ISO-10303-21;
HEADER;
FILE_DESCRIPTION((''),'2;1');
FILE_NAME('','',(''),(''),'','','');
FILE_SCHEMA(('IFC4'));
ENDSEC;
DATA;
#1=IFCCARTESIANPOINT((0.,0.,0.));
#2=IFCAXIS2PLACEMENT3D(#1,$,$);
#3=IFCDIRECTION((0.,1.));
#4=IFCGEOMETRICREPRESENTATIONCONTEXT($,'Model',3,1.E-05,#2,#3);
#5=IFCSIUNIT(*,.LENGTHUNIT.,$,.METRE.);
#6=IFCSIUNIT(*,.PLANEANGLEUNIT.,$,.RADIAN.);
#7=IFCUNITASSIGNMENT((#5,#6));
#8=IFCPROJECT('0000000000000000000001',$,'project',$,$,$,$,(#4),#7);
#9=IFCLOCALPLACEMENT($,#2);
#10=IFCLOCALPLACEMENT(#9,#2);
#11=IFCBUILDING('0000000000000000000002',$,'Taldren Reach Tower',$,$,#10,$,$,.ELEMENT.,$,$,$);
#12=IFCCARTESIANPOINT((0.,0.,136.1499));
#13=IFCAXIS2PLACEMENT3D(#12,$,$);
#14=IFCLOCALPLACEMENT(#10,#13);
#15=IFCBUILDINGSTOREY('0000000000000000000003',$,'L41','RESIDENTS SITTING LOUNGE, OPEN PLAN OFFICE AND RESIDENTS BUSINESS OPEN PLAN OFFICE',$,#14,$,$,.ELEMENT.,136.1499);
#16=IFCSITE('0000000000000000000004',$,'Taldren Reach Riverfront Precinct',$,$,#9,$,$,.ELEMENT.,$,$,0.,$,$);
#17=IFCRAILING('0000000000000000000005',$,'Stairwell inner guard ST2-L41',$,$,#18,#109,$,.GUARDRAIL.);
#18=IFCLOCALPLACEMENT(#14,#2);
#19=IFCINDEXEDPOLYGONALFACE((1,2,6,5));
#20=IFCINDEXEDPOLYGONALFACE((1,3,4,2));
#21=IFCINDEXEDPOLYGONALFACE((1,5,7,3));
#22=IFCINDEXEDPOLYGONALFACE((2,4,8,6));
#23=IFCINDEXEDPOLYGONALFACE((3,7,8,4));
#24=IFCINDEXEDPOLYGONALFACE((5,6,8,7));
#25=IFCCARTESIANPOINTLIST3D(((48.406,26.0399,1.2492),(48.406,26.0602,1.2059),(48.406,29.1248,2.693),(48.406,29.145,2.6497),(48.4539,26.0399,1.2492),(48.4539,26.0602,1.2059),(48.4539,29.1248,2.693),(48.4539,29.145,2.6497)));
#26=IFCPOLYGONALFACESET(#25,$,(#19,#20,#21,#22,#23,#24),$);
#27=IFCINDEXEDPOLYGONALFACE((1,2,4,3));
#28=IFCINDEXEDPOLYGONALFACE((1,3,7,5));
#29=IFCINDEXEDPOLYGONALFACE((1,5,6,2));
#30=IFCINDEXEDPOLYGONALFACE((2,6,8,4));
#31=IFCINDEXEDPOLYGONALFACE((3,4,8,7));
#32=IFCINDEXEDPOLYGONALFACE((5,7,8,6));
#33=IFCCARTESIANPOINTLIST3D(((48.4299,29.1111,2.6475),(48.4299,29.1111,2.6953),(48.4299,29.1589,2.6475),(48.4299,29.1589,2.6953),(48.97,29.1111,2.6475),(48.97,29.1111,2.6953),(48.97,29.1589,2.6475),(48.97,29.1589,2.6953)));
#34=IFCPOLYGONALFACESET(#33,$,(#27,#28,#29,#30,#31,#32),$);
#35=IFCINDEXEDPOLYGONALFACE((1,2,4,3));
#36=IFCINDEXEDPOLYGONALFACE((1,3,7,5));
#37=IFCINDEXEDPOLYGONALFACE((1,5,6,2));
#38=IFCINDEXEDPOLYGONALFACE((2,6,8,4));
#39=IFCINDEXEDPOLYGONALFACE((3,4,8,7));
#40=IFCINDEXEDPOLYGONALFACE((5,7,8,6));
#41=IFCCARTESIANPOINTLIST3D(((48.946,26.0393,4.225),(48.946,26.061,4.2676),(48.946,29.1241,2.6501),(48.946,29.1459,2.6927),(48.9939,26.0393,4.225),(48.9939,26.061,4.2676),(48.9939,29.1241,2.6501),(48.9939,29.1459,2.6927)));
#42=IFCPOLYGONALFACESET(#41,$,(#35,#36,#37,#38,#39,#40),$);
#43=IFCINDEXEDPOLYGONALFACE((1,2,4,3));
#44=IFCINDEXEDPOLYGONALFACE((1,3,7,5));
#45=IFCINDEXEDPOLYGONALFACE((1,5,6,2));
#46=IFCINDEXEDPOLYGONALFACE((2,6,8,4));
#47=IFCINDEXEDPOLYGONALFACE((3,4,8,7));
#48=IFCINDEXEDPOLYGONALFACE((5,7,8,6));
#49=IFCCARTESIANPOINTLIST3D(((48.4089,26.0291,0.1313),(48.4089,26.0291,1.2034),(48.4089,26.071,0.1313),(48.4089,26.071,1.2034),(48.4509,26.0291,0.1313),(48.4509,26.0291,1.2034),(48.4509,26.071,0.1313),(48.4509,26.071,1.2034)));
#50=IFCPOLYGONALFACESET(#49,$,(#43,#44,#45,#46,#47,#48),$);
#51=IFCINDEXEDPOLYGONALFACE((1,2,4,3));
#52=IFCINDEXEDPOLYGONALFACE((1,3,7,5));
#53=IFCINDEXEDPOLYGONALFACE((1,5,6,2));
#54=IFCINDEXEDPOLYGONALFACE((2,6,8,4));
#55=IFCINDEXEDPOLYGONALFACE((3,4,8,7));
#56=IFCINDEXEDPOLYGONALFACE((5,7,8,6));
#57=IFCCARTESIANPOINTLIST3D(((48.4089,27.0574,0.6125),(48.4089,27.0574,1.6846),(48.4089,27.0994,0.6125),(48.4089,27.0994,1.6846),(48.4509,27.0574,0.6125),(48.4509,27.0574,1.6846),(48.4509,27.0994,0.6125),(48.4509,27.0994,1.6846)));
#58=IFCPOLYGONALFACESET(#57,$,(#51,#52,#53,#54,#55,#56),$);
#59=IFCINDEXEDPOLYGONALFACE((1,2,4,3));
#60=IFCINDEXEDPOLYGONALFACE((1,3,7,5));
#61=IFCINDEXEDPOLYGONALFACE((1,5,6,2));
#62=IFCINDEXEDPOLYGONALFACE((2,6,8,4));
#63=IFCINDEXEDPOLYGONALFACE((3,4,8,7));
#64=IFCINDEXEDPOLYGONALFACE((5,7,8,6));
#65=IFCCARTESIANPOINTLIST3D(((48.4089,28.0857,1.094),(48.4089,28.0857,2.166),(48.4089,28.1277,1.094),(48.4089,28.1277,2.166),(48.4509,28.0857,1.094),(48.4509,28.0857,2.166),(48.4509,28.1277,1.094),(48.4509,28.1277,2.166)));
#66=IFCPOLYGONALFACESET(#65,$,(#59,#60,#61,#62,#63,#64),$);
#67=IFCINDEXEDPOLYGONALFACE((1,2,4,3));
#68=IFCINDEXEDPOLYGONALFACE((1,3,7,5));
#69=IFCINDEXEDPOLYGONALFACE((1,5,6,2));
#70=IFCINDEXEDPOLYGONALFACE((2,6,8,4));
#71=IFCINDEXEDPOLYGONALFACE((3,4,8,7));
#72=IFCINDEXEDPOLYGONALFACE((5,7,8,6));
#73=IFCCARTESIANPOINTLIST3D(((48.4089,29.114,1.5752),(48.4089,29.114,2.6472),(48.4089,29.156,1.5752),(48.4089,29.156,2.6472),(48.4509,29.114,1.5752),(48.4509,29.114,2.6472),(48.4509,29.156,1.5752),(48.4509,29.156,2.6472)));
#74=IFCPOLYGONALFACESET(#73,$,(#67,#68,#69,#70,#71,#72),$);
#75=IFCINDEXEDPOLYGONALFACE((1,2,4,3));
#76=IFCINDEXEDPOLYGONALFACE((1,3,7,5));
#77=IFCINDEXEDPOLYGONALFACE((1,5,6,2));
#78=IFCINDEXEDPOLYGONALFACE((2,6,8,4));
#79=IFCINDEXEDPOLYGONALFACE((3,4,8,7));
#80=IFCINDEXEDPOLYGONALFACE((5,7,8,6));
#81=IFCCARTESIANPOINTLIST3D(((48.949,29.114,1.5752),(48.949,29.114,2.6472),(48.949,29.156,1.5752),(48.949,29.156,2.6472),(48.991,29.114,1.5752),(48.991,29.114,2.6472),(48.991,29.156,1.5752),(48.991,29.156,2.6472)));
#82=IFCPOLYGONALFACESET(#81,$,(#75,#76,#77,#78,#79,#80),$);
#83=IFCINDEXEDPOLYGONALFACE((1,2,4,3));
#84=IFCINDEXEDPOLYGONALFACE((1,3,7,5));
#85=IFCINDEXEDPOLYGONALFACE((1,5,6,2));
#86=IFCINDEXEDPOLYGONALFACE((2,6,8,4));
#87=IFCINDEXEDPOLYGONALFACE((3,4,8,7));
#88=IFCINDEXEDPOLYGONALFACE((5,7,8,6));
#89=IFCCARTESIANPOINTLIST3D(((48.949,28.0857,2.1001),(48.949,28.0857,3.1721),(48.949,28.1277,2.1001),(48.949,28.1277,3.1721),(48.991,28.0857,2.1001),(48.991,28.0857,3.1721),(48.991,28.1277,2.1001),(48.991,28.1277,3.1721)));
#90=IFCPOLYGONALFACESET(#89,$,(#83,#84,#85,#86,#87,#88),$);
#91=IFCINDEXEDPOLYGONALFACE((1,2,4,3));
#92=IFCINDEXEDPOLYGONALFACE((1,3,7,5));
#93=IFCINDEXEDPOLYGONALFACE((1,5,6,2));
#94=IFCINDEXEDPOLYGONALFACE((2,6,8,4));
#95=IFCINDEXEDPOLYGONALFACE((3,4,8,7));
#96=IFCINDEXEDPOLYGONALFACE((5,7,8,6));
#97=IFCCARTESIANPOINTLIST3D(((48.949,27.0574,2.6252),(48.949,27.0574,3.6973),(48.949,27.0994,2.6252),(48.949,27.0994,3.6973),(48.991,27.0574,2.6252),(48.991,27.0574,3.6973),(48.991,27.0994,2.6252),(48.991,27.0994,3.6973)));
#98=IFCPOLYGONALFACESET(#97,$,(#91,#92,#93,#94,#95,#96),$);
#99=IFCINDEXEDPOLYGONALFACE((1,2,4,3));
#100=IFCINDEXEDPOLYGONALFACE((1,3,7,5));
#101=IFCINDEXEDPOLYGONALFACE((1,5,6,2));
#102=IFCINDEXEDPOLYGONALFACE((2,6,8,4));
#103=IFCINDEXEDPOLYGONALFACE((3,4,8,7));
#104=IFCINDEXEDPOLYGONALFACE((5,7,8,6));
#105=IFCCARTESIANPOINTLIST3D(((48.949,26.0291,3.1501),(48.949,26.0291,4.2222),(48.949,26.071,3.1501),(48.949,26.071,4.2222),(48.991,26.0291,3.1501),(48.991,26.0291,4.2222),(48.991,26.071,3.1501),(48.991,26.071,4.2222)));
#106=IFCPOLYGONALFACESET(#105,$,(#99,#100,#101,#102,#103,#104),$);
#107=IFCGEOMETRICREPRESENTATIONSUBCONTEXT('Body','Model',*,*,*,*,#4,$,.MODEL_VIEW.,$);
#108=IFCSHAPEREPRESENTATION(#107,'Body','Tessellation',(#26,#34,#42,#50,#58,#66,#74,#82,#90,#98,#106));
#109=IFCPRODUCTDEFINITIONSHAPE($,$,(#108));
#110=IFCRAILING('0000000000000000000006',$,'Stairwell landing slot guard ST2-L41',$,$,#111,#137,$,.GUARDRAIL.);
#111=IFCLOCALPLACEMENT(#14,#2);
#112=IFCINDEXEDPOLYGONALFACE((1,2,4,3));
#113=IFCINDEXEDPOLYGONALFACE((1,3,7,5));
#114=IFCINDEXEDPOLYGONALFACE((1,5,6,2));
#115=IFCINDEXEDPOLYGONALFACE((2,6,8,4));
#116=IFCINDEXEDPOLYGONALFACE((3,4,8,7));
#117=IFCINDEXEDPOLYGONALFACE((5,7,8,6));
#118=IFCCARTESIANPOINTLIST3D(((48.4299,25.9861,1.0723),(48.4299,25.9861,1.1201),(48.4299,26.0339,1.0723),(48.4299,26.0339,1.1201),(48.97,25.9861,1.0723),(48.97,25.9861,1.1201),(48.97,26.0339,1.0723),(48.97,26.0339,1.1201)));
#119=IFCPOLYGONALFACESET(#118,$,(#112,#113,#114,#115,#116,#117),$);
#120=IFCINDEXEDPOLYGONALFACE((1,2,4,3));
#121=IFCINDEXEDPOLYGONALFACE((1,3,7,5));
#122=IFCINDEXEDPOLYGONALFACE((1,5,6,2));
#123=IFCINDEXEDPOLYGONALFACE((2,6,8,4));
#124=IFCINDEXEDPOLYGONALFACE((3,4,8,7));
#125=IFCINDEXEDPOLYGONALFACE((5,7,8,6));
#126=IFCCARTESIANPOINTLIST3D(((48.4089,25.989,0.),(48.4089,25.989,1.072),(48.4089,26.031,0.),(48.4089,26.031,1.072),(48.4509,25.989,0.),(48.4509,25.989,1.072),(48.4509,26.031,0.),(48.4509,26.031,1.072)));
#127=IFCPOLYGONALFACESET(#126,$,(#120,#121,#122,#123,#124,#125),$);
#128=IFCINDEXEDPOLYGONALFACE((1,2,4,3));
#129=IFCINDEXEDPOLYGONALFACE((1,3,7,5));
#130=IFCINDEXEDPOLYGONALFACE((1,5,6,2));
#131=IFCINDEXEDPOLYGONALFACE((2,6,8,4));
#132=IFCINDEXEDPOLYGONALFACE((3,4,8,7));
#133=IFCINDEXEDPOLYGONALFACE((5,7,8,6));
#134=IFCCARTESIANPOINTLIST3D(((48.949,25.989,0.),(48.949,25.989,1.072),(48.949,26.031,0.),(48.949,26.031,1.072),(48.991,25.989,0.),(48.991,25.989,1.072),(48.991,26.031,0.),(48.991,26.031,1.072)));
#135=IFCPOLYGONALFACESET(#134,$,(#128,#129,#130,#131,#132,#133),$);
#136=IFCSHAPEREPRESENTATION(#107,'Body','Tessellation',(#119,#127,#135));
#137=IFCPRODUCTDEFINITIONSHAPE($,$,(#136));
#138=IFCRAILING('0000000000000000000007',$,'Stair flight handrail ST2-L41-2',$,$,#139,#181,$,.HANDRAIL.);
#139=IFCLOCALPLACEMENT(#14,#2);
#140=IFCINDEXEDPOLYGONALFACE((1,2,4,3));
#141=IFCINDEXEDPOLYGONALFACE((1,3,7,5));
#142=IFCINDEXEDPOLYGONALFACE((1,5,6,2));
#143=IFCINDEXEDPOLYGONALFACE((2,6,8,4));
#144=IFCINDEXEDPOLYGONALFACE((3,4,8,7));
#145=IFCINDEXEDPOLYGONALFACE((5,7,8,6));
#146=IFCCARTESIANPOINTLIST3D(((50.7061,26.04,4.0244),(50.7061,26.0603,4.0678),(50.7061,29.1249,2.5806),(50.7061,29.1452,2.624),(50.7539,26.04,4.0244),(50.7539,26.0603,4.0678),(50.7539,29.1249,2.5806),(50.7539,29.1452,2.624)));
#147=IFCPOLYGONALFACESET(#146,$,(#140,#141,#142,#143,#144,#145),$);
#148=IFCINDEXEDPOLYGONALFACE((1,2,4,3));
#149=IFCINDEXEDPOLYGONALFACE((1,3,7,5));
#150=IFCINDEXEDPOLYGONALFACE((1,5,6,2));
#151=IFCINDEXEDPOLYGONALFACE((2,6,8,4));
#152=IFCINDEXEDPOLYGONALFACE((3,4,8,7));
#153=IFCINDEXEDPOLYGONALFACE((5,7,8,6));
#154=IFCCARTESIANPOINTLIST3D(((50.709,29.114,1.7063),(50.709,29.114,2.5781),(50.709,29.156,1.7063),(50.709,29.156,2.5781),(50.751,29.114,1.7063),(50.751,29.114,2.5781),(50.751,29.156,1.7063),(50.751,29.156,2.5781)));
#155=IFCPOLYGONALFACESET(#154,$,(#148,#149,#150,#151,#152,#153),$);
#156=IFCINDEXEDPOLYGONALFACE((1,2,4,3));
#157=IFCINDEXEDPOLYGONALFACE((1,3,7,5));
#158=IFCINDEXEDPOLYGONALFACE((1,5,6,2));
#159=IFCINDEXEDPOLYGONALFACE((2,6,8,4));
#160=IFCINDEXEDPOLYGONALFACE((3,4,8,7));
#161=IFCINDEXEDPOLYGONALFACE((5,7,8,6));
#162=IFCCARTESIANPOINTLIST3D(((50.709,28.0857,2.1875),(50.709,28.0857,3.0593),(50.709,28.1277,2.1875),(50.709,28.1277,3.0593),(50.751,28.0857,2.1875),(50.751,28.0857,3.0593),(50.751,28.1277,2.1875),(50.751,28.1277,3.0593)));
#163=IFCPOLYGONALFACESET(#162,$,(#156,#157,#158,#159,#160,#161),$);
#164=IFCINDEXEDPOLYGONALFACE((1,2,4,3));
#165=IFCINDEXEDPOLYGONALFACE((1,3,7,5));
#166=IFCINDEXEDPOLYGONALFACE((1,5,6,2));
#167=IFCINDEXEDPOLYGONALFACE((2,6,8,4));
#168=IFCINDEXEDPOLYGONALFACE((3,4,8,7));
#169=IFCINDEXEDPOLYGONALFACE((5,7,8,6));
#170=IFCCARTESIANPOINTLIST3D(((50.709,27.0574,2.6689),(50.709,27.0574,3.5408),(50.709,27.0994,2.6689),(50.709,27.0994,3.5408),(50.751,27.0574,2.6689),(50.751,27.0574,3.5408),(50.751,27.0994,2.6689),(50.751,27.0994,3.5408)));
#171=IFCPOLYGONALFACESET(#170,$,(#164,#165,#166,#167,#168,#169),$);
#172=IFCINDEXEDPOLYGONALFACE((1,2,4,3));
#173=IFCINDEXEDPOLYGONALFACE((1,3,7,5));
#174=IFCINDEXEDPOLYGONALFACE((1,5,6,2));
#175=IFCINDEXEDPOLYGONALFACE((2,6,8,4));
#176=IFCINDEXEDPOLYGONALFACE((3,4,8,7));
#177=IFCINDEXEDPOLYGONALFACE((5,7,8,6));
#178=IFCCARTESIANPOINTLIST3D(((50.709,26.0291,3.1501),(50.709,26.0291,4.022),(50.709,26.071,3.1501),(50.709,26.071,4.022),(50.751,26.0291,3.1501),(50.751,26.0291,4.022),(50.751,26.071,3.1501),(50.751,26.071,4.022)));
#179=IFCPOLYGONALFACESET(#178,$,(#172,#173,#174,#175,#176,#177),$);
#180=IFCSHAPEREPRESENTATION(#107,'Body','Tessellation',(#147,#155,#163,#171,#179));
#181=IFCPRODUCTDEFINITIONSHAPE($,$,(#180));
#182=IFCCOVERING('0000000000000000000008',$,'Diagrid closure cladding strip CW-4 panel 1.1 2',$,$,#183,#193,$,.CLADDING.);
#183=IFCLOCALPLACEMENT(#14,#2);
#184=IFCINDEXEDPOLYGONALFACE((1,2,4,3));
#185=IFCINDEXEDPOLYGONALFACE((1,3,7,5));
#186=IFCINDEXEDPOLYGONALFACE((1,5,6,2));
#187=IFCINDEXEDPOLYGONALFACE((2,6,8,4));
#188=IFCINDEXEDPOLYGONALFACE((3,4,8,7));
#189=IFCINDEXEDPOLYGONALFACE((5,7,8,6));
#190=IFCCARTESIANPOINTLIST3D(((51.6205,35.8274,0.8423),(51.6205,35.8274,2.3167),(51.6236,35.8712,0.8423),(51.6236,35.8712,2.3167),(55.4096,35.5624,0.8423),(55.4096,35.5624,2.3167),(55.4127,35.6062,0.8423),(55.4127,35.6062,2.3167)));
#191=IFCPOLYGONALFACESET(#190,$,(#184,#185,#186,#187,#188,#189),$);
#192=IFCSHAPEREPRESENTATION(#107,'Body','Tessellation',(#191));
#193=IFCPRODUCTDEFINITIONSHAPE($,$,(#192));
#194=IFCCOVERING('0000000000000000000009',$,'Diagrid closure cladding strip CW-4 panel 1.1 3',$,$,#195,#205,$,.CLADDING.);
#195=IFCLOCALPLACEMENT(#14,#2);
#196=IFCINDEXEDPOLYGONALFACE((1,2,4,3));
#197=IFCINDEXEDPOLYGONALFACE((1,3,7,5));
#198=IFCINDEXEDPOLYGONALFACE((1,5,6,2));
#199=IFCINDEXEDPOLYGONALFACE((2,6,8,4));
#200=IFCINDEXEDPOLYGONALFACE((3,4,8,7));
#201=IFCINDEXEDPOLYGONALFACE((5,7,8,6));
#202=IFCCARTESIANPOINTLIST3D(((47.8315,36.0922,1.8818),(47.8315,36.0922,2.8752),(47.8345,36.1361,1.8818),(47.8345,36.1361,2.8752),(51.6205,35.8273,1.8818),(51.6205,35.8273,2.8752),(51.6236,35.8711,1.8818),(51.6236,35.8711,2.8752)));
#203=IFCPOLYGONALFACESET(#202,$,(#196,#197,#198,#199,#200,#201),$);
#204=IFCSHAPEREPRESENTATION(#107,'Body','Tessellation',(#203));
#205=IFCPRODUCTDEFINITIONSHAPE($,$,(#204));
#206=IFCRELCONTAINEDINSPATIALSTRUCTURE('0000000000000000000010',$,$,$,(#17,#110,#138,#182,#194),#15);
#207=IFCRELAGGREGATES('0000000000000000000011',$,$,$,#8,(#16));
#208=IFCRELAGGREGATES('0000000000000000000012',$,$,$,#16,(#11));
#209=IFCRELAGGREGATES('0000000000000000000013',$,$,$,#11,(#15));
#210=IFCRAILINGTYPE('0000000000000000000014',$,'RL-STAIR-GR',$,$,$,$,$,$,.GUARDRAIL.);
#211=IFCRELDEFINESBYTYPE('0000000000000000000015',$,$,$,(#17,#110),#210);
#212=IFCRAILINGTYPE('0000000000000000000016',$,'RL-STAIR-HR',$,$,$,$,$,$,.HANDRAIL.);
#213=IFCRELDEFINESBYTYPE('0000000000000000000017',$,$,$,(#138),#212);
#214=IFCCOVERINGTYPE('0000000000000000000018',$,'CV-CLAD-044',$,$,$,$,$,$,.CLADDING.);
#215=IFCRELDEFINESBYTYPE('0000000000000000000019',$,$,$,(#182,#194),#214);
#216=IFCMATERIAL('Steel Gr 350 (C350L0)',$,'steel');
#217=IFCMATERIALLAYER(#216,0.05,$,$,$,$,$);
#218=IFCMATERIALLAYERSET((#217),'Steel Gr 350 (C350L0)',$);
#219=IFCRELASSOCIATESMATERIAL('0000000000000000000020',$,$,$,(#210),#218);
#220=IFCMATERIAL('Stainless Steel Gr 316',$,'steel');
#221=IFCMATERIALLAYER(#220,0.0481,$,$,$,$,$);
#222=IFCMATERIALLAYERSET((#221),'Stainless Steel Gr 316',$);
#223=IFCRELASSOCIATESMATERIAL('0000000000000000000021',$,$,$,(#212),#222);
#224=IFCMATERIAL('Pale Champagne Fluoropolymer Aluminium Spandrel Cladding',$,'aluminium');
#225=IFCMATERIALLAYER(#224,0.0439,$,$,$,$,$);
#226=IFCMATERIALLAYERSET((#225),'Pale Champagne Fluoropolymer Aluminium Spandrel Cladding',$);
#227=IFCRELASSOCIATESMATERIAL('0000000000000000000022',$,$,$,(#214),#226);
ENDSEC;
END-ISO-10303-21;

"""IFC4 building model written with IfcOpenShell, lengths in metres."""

from ifc_helpers import new_model, si_unit, direction, frame, origin, origin_2d, place, context, subcontext, project, spatial, rectangle, extrude, source, transform, mapped, material, layer, layer_set, type_object, element, save


model = new_model("IFC4")

# Units and contexts
model_context = context("Model", 3, precision=1e-05, world=origin(), true_north=direction((0.0, 1.0)))
body_context = subcontext(model_context, "Body", "Model", "MODEL_VIEW")
ifc_project = project(units=[si_unit("LENGTHUNIT", "METRE"), si_unit("PLANEANGLEUNIT", "RADIAN")], contexts=[model_context])

# Site, building, storey
site_placement = place(None, origin())
site = spatial("IfcSite", under=ifc_project, at=site_placement, Name="Taldren Reach Riverfront Precinct", CompositionType="ELEMENT", RefElevation=0.0)
building_placement = place(site_placement, origin())
building = spatial("IfcBuilding", under=site, at=building_placement, Name="Taldren Reach Tower", CompositionType="ELEMENT")
storey_placement = place(building_placement, frame((0.0, 0.0, 136.1499)))
storey = spatial("IfcBuildingStorey", under=building, at=storey_placement, Name="L41", Description="RESIDENTS SITTING LOUNGE, OPEN PLAN OFFICE AND RESIDENTS BUSINESS OPEN PLAN OFFICE", CompositionType="ELEMENT", Elevation=136.1499)

# Shared definitions
ifc_material_1 = material(Name="Steel Gr 350 (C350L0)", Category="steel")

# Railings
ifc_layer_1 = layer(ifc_material_1, 0.05)
ifc_layer_set_1 = layer_set([ifc_layer_1], Name="Steel Gr 350 (C350L0)")
railing_type_1 = type_object("IfcRailingType", Name="RL-STAIR-GR", PredefinedType="GUARDRAIL", material=ifc_layer_set_1)
railing_1_placement = place(storey_placement, frame((48.4299, 26.05, 0.1313)))
element("IfcRailing", 1, at=railing_1_placement, inside=storey, type_object=railing_type_1, Name="Stairwell inner guard ST2-L41", PredefinedType="GUARDRAIL", context=body_context, shape_type="SweptSolid", body=[
    extrude(rectangle(XDim=0.0479, YDim=0.0479, at=origin_2d()), frame((0.0, 0.0, 1.0962), z_axis=(0.0, 0.90571, 0.423898), x_axis=(-1.0, 0.0, 0.0)), (0.0, 0.0, 1.0), 3.406),
    extrude(rectangle(XDim=0.0479, YDim=0.0479, at=origin_2d()), frame((0.0, 3.085, 2.54), z_axis=(1.0, 0.0, 0.0), x_axis=(0.0, 1.0, 0.0)), (0.0, 0.0, 1.0), 0.54),
    extrude(rectangle(XDim=0.0479, YDim=0.0479, at=origin_2d()), frame((0.54, 3.085, 2.54), z_axis=(0.0, -0.890646, 0.454697), x_axis=(1.0, 0.0, 0.0)), (0.0, 0.0, 1.0), 3.4636),
    extrude(rectangle(XDim=0.042, YDim=0.042, at=origin_2d()), origin(), (0.0, 0.0, 1.0), 1.072),
    extrude(rectangle(XDim=0.042, YDim=0.042, at=origin_2d()), frame((0.0, 1.0283, 0.4812)), (0.0, 0.0, 1.0), 1.072),
    extrude(rectangle(XDim=0.042, YDim=0.042, at=origin_2d()), frame((0.0, 2.0566, 0.9626)), (0.0, 0.0, 1.0), 1.072),
    extrude(rectangle(XDim=0.042, YDim=0.042, at=origin_2d()), frame((0.0, 3.085, 1.4438)), (0.0, 0.0, 1.0), 1.072),
    extrude(rectangle(XDim=0.042, YDim=0.042, at=origin_2d()), frame((0.54, 3.085, 1.4438)), (0.0, 0.0, 1.0), 1.072),
    extrude(rectangle(XDim=0.042, YDim=0.042, at=origin_2d()), frame((0.54, 2.0566, 1.9688)), (0.0, 0.0, 1.0), 1.072),
    extrude(rectangle(XDim=0.042, YDim=0.042, at=origin_2d()), frame((0.54, 1.0283, 2.4939)), (0.0, 0.0, 1.0), 1.072),
    extrude(rectangle(XDim=0.042, YDim=0.042, at=origin_2d()), frame((0.54, 0.0, 3.0188)), (0.0, 0.0, 1.0), 1.072),
])
railing_2_placement = place(storey_placement, frame((48.4299, 26.01, 0.0)))
element("IfcRailing", 2, at=railing_2_placement, inside=storey, type_object=railing_type_1, Name="Stairwell landing slot guard ST2-L41", PredefinedType="GUARDRAIL", context=body_context, shape_type="SweptSolid", body=[
    extrude(rectangle(XDim=0.0479, YDim=0.0479, at=origin_2d()), frame((0.0, 0.0, 1.0962), z_axis=(1.0, 0.0, 0.0), x_axis=(0.0, 1.0, 0.0)), (0.0, 0.0, 1.0), 0.54),
    extrude(rectangle(XDim=0.042, YDim=0.042, at=origin_2d()), origin(), (0.0, 0.0, 1.0), 1.072),
    extrude(rectangle(XDim=0.042, YDim=0.042, at=origin_2d()), frame((0.54, 0.0, 0.0)), (0.0, 0.0, 1.0), 1.072),
])
ifc_material_2 = material(Name="Stainless Steel Gr 316", Category="steel")
ifc_layer_2 = layer(ifc_material_2, 0.0481)
ifc_layer_set_2 = layer_set([ifc_layer_2], Name="Stainless Steel Gr 316")
railing_type_2 = type_object("IfcRailingType", Name="RL-STAIR-HR", PredefinedType="HANDRAIL", material=ifc_layer_set_2)
railing_3_placement = place(storey_placement, frame((50.73, 29.135, 1.7063)))
element("IfcRailing", 3, at=railing_3_placement, inside=storey, type_object=railing_type_2, Name="Stair flight handrail ST2-L41-2", PredefinedType="HANDRAIL", context=body_context, shape_type="SweptSolid", body=[
    extrude(rectangle(XDim=0.0479, YDim=0.0479, at=origin_2d()), frame((0.0, 0.0, 0.896), z_axis=(0.0, -0.90571, 0.423898), x_axis=(1.0, 0.0, 0.0)), (0.0, 0.0, 1.0), 3.406),
    extrude(rectangle(XDim=0.042, YDim=0.042, at=origin_2d()), origin(), (0.0, 0.0, 1.0), 0.8718),
    extrude(rectangle(XDim=0.042, YDim=0.042, at=origin_2d()), frame((0.0, -1.0283, 0.4812)), (0.0, 0.0, 1.0), 0.8718),
    extrude(rectangle(XDim=0.042, YDim=0.042, at=origin_2d()), frame((0.0, -2.0566, 0.9626)), (0.0, 0.0, 1.0), 0.8718),
    extrude(rectangle(XDim=0.042, YDim=0.042, at=origin_2d()), frame((0.0, -3.085, 1.4438)), (0.0, 0.0, 1.0), 0.8718),
])

# Coverings
ifc_material_3 = material(Name="Pale Champagne Fluoropolymer Aluminium Spandrel Cladding", Category="aluminium")
ifc_layer_3 = layer(ifc_material_3, 0.0439)
ifc_layer_set_3 = layer_set([ifc_layer_3], Name="Pale Champagne Fluoropolymer Aluminium Spandrel Cladding")
covering_type = type_object("IfcCoveringType", Name="CV-CLAD-044", PredefinedType="CLADDING", material=ifc_layer_set_3)
shared_shape_1 = source(origin(), body_context, "Body", "SweptSolid", [
    extrude(rectangle(XDim=3.7983, YDim=0.0439, at=origin_2d()), origin(), (0.0, 0.0, 1.0), 1.4744),
])
covering_1_placement = place(storey_placement, frame((53.5166, 35.7168, 0.8423), z_axis=(0.0, 0.0, 1.0), x_axis=(-0.997564, 0.069757, 0.0)))
element("IfcCovering", 4, at=covering_1_placement, inside=storey, type_object=covering_type, Name="Diagrid closure cladding strip CW-4 panel 1.1 2", PredefinedType="CLADDING", context=body_context, shape_type="MappedRepresentation", body=[
    mapped(shared_shape_1, transform((0.0, 0.0, 0.0), scale=1.0)),
])
shared_shape_2 = source(origin(), body_context, "Body", "SweptSolid", [
    extrude(rectangle(XDim=3.7983, YDim=0.0439, at=origin_2d()), origin(), (0.0, 0.0, 1.0), 0.9934),
])
covering_2_placement = place(storey_placement, frame((49.7275, 35.9817, 1.8818), z_axis=(0.0, 0.0, 1.0), x_axis=(-0.997564, 0.069757, 0.0)))
element("IfcCovering", 5, at=covering_2_placement, inside=storey, type_object=covering_type, Name="Diagrid closure cladding strip CW-4 panel 1.1 3", PredefinedType="CLADDING", context=body_context, shape_type="MappedRepresentation", body=[
    mapped(shared_shape_2, transform((0.0, 0.0, 0.0), scale=1.0)),
])

save(model, "model.ifc")
